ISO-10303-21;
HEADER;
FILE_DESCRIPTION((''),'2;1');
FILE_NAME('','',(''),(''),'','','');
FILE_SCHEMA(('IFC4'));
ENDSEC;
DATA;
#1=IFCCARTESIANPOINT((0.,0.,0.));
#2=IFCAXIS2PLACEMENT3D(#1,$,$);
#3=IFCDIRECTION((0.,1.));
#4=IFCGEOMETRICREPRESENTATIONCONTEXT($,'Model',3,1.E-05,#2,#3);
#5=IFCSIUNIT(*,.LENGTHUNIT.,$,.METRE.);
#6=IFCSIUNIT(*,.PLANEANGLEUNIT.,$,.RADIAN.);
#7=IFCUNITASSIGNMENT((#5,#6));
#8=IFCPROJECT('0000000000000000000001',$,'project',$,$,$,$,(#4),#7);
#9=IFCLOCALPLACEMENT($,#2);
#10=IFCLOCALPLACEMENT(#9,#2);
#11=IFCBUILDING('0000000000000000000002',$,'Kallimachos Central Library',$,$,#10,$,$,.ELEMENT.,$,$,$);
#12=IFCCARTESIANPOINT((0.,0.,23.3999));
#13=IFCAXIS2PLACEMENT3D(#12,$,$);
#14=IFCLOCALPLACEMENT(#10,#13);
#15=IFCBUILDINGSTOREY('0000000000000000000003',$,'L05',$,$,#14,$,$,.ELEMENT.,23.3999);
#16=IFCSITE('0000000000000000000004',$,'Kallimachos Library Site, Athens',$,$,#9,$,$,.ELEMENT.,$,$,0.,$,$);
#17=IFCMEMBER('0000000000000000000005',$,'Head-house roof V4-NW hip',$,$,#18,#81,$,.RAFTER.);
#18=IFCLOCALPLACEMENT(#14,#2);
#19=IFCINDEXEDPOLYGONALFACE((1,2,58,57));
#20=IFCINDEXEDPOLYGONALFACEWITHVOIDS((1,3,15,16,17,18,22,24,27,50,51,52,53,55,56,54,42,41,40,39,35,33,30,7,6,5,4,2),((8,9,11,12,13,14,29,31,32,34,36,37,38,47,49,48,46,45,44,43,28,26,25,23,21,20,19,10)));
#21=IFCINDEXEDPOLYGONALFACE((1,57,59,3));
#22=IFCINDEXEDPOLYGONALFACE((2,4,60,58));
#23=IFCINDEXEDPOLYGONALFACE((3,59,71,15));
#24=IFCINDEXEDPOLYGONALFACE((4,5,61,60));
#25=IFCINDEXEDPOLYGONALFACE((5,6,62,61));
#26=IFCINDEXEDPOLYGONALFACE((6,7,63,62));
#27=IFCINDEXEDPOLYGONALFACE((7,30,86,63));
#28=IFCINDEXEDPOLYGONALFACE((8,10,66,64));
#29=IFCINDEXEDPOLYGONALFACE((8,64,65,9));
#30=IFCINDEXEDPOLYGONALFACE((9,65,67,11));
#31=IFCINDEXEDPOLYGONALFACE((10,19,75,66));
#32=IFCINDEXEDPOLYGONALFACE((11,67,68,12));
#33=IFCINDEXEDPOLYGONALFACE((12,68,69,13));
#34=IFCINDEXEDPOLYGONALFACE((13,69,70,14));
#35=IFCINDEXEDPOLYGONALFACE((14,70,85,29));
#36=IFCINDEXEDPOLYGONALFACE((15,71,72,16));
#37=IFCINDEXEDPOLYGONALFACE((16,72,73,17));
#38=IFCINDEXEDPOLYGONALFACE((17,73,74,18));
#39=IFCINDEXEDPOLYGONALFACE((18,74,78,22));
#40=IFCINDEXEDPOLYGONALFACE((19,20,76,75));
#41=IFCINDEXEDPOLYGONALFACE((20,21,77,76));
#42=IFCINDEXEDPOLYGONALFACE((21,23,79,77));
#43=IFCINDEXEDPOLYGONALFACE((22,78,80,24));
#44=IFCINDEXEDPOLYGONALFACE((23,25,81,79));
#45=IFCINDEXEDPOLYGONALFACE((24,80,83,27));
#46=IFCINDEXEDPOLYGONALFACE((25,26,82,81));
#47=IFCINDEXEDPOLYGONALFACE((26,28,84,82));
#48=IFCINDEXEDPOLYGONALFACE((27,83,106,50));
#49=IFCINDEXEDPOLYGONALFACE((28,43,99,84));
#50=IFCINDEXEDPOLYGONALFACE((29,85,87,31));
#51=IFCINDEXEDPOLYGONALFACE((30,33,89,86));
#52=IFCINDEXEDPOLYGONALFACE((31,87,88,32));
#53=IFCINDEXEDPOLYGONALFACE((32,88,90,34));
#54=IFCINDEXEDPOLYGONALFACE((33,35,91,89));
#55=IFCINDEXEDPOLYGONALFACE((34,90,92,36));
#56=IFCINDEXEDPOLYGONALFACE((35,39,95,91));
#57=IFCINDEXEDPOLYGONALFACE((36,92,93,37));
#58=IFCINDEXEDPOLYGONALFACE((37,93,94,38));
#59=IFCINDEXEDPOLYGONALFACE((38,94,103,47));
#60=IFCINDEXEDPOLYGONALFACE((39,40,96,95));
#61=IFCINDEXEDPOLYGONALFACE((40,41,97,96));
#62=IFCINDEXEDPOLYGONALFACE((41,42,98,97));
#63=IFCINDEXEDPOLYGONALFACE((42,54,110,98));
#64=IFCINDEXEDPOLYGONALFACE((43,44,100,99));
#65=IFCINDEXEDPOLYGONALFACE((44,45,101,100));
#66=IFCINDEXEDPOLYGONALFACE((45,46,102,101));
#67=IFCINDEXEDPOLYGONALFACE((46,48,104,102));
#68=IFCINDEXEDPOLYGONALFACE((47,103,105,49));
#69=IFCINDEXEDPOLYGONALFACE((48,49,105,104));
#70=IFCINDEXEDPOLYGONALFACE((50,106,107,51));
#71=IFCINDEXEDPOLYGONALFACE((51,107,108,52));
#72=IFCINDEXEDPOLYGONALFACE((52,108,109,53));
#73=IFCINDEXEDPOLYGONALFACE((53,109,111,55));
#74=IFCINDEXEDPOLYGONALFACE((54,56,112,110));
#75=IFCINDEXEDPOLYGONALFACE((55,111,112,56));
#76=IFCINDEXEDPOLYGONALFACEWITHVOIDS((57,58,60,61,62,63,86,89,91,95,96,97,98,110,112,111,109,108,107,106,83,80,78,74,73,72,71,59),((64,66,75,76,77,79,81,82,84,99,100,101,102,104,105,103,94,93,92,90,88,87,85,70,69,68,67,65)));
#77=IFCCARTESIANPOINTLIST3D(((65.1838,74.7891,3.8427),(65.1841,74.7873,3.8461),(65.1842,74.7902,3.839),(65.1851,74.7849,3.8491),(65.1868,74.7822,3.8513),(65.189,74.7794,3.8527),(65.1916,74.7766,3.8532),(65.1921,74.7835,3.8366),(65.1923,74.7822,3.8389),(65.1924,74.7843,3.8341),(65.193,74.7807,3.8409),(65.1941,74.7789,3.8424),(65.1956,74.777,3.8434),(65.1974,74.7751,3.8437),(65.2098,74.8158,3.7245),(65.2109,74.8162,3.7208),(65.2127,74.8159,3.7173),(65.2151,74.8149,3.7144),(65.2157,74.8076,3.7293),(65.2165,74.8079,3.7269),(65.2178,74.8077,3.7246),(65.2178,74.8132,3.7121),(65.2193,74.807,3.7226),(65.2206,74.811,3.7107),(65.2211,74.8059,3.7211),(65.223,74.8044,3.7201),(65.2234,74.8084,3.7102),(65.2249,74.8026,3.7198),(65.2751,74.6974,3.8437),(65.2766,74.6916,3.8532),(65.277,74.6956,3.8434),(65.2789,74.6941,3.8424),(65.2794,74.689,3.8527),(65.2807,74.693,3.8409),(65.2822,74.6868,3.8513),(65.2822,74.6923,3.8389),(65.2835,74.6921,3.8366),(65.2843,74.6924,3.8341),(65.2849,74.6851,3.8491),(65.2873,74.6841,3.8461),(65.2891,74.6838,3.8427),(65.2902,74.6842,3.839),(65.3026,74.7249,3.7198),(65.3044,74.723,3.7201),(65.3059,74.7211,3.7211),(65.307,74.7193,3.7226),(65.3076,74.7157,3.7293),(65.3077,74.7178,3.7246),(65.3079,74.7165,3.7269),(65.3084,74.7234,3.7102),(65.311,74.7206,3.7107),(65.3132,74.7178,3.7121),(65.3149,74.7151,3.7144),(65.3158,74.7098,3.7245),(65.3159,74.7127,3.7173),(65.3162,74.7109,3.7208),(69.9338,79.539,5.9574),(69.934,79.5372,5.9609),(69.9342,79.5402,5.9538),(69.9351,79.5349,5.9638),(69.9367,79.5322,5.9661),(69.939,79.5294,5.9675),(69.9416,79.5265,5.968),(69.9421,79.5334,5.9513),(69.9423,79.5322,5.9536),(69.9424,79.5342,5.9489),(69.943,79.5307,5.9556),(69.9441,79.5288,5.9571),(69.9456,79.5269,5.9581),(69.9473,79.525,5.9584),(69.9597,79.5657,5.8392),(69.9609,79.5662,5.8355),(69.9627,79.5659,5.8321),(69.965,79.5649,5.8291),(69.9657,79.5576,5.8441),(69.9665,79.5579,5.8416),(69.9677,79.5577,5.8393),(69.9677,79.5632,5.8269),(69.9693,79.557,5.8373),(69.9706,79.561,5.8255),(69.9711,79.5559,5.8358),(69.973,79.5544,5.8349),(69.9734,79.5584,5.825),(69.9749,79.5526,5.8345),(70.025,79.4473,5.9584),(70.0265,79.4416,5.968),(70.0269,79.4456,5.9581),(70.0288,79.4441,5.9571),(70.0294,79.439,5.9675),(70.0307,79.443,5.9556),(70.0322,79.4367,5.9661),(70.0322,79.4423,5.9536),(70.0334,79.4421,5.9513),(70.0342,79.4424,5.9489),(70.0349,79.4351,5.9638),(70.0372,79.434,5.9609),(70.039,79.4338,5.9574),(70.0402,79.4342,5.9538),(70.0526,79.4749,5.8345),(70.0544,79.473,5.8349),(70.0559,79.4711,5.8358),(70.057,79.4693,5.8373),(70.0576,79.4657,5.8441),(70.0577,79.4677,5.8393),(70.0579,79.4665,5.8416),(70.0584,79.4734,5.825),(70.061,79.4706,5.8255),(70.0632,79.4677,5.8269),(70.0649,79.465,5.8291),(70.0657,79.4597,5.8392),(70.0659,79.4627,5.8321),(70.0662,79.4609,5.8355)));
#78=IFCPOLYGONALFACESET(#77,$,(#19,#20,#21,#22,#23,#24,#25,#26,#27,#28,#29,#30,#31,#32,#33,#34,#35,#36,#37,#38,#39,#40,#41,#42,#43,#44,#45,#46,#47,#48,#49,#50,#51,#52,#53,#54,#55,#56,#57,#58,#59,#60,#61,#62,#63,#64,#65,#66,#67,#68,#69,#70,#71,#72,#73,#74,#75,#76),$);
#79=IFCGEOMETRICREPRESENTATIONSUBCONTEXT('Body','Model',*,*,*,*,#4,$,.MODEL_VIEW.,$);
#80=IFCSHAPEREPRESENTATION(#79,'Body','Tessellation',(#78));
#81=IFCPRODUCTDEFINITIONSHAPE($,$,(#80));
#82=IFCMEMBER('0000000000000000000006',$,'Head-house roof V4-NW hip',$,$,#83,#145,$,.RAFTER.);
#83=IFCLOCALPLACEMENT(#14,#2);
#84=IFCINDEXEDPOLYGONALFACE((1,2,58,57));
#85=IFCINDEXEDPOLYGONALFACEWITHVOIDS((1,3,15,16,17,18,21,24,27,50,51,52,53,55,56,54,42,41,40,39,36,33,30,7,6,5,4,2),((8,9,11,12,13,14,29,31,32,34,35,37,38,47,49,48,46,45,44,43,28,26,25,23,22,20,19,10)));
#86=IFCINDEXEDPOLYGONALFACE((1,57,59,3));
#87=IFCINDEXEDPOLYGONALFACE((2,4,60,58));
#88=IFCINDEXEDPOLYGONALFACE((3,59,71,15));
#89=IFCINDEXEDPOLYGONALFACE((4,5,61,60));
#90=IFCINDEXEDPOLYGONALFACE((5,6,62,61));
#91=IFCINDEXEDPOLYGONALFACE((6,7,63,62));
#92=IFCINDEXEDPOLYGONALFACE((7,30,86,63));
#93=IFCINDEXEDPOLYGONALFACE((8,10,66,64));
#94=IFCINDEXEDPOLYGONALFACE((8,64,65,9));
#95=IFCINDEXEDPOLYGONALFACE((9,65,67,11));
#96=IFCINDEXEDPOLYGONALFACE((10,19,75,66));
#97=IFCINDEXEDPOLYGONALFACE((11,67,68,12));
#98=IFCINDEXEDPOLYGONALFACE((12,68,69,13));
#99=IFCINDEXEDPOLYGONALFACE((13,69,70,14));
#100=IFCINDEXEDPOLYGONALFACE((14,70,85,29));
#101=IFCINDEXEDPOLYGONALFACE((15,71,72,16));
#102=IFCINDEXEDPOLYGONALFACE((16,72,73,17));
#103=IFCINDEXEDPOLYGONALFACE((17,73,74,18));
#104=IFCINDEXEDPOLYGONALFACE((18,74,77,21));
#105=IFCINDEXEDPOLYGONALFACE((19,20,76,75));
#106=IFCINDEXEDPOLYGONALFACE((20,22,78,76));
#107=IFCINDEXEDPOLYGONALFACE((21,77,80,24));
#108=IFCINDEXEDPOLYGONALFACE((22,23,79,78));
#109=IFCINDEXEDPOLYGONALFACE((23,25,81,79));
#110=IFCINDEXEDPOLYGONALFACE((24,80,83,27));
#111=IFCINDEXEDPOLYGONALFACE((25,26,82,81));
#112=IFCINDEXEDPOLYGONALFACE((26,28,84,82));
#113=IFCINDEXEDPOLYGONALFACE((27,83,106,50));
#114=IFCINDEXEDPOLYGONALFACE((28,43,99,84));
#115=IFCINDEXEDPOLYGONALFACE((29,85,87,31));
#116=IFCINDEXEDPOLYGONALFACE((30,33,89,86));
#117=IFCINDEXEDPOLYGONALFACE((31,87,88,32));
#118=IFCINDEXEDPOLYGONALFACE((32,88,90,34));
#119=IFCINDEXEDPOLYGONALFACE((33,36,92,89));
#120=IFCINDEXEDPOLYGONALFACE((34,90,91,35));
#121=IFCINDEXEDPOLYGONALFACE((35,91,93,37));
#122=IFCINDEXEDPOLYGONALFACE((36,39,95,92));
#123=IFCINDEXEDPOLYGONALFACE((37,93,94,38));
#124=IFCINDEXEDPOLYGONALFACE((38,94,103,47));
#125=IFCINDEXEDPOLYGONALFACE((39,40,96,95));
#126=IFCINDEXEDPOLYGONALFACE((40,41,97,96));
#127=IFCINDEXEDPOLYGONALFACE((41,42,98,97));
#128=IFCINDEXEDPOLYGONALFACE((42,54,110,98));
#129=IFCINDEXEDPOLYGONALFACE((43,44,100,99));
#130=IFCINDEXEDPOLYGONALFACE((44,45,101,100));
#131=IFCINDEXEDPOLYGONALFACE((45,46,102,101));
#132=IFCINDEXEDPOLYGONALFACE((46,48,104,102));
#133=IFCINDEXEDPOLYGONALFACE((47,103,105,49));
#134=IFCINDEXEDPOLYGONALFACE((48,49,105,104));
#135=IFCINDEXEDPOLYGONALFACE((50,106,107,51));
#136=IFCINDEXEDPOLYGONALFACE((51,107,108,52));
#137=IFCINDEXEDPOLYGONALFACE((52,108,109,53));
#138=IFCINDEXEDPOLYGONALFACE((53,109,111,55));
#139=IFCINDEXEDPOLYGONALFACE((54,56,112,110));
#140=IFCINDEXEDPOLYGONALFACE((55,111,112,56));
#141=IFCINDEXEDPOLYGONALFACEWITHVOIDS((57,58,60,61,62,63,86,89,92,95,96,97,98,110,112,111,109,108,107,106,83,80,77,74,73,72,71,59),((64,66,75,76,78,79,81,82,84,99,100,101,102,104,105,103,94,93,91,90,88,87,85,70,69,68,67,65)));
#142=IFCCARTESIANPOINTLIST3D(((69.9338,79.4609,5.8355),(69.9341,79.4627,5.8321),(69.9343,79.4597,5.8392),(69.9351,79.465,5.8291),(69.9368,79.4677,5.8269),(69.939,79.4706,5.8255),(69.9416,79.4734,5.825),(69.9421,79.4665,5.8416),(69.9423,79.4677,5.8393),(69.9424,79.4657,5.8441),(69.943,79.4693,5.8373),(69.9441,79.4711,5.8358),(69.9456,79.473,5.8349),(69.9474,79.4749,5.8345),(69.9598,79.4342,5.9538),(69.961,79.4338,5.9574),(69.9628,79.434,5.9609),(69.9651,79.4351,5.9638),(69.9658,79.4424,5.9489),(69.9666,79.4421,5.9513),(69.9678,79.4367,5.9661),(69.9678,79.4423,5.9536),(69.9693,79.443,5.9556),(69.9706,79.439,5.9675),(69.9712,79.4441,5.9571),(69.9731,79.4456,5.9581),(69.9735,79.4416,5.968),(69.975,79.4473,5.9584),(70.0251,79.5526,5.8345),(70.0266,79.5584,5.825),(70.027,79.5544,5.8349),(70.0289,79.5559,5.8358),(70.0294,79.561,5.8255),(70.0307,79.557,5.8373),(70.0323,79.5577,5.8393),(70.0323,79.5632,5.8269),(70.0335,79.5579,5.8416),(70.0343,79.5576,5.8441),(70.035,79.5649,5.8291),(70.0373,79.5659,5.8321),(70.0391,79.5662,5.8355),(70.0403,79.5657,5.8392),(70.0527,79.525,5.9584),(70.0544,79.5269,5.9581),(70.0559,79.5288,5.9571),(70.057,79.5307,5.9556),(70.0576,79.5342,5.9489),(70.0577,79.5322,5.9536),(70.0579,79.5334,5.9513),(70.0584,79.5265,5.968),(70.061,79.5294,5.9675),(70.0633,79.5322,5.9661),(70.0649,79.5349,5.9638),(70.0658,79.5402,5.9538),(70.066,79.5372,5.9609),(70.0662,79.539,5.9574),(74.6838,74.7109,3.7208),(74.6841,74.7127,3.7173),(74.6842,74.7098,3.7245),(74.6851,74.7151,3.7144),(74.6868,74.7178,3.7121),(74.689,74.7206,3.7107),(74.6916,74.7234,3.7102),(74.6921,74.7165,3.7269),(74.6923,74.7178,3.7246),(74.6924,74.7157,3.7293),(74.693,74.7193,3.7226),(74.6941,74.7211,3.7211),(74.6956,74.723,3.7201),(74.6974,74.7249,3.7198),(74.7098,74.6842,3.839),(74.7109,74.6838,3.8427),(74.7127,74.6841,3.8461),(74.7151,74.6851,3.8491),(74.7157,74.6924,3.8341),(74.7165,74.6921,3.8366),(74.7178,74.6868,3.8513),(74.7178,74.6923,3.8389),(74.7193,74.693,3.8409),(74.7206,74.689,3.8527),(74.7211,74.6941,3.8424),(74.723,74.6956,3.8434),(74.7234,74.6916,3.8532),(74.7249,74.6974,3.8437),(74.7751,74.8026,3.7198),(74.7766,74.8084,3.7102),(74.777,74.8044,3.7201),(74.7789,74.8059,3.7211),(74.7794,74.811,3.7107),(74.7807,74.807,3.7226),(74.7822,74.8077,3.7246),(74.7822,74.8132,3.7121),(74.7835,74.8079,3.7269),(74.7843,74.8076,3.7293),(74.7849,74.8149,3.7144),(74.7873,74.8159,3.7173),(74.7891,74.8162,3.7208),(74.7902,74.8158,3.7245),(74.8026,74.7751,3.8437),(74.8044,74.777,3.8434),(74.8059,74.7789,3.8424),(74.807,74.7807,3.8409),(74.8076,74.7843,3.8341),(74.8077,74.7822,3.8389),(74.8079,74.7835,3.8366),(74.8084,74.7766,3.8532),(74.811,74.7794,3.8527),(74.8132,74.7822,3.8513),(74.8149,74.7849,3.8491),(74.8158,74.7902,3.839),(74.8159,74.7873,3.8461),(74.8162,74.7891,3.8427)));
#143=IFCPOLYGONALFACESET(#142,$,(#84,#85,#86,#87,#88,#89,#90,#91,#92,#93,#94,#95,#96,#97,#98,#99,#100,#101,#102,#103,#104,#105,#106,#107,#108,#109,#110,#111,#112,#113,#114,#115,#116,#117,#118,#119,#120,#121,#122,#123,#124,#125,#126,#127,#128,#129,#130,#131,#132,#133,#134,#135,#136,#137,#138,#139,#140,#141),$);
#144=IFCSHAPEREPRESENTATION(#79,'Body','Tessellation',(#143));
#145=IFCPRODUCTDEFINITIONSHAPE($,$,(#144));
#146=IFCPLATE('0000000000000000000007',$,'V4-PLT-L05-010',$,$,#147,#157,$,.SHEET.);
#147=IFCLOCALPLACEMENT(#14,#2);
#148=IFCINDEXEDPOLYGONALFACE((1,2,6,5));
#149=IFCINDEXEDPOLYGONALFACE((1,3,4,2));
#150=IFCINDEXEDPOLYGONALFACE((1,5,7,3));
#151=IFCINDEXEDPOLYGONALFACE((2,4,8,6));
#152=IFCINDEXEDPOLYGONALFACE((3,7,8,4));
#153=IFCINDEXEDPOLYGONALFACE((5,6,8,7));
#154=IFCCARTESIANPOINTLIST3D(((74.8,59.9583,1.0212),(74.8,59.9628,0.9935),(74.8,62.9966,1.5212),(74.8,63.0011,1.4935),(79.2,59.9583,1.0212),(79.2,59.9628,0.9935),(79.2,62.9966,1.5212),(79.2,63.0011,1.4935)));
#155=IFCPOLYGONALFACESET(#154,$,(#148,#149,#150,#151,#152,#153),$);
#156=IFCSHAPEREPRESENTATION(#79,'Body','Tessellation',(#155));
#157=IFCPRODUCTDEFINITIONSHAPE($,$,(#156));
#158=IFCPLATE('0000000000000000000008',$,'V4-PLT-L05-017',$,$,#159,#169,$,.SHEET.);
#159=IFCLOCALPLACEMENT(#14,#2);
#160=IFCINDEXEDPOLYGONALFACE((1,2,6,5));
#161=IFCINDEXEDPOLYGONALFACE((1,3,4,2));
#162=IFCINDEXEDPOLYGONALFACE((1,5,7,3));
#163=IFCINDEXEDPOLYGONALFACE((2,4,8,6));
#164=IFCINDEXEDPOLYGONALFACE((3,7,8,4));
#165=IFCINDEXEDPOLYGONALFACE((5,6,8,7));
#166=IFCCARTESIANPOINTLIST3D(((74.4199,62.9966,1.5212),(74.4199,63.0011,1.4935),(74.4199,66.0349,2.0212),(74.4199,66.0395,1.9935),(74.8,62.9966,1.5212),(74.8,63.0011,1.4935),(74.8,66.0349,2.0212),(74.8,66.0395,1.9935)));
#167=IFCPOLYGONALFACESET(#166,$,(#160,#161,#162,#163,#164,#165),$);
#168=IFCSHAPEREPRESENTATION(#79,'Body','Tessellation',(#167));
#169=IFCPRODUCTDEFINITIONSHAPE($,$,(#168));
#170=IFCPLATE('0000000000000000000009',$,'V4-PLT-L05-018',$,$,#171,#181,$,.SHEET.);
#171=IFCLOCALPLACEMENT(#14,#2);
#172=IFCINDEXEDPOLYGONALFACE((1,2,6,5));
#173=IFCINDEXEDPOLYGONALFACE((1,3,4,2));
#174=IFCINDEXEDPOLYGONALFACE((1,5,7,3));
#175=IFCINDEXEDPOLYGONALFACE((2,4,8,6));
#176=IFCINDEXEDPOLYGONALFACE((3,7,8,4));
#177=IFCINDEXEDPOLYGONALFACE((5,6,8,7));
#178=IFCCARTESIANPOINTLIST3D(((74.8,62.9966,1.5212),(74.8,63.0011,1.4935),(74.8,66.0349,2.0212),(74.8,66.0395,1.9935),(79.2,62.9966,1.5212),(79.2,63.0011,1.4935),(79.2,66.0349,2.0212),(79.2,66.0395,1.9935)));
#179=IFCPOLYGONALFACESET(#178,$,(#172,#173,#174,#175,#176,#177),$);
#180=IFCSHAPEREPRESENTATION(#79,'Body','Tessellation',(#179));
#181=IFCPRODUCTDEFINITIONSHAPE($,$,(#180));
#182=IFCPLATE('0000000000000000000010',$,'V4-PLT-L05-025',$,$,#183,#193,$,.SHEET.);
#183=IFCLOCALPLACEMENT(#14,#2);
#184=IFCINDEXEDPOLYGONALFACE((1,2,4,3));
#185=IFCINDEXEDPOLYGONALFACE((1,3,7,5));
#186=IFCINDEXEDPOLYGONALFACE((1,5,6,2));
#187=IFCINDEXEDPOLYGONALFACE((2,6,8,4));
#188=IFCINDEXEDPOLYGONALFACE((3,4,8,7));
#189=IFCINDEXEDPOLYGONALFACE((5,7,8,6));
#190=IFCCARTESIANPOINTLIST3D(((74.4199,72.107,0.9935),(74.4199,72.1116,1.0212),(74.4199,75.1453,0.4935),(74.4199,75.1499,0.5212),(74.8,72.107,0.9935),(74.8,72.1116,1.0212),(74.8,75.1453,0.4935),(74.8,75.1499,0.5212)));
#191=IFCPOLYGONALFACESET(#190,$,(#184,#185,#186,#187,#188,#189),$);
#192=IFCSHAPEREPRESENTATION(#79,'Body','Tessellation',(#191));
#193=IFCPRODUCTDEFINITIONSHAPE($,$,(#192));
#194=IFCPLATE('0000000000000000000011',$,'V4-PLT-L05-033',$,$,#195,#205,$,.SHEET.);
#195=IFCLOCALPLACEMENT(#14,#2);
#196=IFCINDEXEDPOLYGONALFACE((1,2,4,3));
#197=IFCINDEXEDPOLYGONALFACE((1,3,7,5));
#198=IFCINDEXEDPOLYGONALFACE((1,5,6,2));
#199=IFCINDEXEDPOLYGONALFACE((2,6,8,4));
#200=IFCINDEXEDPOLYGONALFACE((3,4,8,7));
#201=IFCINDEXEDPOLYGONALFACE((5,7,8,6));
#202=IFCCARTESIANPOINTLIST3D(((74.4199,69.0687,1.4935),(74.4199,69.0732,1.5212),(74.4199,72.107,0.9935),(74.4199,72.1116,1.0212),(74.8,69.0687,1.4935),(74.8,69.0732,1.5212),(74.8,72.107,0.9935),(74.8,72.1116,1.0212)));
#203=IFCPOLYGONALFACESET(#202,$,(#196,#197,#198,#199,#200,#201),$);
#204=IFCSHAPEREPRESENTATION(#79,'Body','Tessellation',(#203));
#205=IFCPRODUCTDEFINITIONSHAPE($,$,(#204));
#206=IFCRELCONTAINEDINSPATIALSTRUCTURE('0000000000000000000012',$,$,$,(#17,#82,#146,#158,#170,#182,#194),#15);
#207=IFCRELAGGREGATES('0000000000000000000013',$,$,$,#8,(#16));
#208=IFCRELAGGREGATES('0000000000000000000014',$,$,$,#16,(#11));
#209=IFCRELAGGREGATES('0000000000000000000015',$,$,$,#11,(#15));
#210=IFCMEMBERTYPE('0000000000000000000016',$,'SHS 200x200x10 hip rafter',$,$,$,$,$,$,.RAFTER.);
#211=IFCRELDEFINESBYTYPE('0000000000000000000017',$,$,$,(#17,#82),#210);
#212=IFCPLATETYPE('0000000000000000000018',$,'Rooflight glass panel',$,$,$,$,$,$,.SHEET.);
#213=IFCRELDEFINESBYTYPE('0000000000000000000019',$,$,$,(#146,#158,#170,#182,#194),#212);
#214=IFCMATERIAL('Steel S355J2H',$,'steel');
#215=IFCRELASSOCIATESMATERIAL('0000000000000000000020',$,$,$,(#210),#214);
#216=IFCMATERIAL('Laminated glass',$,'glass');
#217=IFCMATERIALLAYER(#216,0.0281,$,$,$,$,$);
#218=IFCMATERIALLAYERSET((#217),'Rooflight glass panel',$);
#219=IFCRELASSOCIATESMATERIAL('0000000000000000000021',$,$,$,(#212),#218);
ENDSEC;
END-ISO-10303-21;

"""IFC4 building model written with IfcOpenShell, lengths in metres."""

from ifc_helpers import new_model, si_unit, direction, frame, origin, origin_2d, place, context, subcontext, project, spatial, polyline, hollow_rectangle, outline, extrude, material, layer, layer_set, material_profile, profile_set, type_object, element, save


model = new_model("IFC4")

# Units and contexts
model_context = context("Model", 3, precision=1e-05, world=origin(), true_north=direction((0.0, 1.0)))
body_context = subcontext(model_context, "Body", "Model", "MODEL_VIEW")
ifc_project = project(units=[si_unit("LENGTHUNIT", "METRE"), si_unit("PLANEANGLEUNIT", "RADIAN")], contexts=[model_context])

# Site, building, storey
site_placement = place(None, origin())
site = spatial("IfcSite", under=ifc_project, at=site_placement, Name="Kallimachos Library Site, Athens", CompositionType="ELEMENT", RefElevation=0.0)
building_placement = place(site_placement, origin())
building = spatial("IfcBuilding", under=site, at=building_placement, Name="Kallimachos Central Library", CompositionType="ELEMENT")
storey_placement = place(building_placement, frame((0.0, 0.0, 23.3999)))
storey = spatial("IfcBuildingStorey", under=building, at=storey_placement, Name="L05", CompositionType="ELEMENT", Elevation=23.3999)

# Members
ifc_material_1 = material(Name="Steel S355J2H", Category="steel")
ifc_material_profile_1 = material_profile(ifc_material_1, hollow_rectangle(XDim=0.1499, YDim=0.1499, WallThickness=0.01, InnerFilletRadius=0.01, OuterFilletRadius=0.0149, at=origin_2d()), Name="SHS 150x150x10")
ifc_profile_set_1 = profile_set([ifc_material_profile_1], Name="Steel S355J2H")
member_type_1 = type_object("IfcMemberType", Name="SHS 200x200x10 hip rafter", PredefinedType="RAFTER", material=ifc_profile_set_1)
for number, where, z_axis, x_axis, name in (
    (1, (65.25, 74.75, 3.7817), (0.674474, 0.674474, 0.300282), (-0.707107, 0.707107, 0.0), "Head-house roof V4-NW hip"),
    (2, (74.75, 74.75, 3.7817), (-0.674474, 0.674474, 0.300282), (-0.707107, -0.707107, 0.0), "Head-house roof V4-NW hip"),
):
    element("IfcMember", number, at=place(storey_placement, frame(where, z_axis=z_axis, x_axis=x_axis)), inside=storey, type_object=member_type_1, Name=name, PredefinedType="RAFTER", context=body_context, shape_type="SweptSolid", body=[
        extrude(hollow_rectangle(XDim=0.1499, YDim=0.1499, WallThickness=0.01, InnerFilletRadius=0.01, OuterFilletRadius=0.0149, at=origin_2d()), origin(), (0.0, 0.0, 1.0), 7.0425),
    ])

# Plates
ifc_material_2 = material(Name="Laminated glass", Category="glass")
ifc_layer_1 = layer(ifc_material_2, 0.0281)
ifc_layer_set_1 = layer_set([ifc_layer_1], Name="Rooflight glass panel")
plate_type = type_object("IfcPlateType", Name="Rooflight glass panel", PredefinedType="SHEET", material=ifc_layer_set_1)
plate_1_placement = place(storey_placement, frame((74.8, 59.9583, 1.0212), z_axis=(0.0, -0.16238, 0.986728), x_axis=(1.0, 0.0, 0.0)))
element("IfcPlate", 3, at=plate_1_placement, inside=storey, type_object=plate_type, Name="V4-PLT-L05-010", PredefinedType="SHEET", context=body_context, shape_type="SweptSolid", body=[
    extrude(outline(polyline([(0.0, 0.0), (4.3999, 0.0), (4.3999, 3.0792), (0.0, 3.0792), (0.0, 0.0)])), origin(), (0.0, 0.0, -1.0), 0.0281),
])
plate_2_placement = place(storey_placement, frame((74.4199, 62.9966, 1.5212), z_axis=(0.0, -0.16238, 0.986728), x_axis=(1.0, 0.0, 0.0)))
element("IfcPlate", 4, at=plate_2_placement, inside=storey, type_object=plate_type, Name="V4-PLT-L05-017", PredefinedType="SHEET", context=body_context, shape_type="SweptSolid", body=[
    extrude(outline(polyline([(0.0, 0.0), (0.3801, 0.0), (0.3801, 3.0792), (0.0, 3.0792), (0.0, 0.0)])), origin(), (0.0, 0.0, -1.0), 0.0281),
])
plate_3_placement = place(storey_placement, frame((74.8, 62.9966, 1.5212), z_axis=(0.0, -0.16238, 0.986728), x_axis=(1.0, 0.0, 0.0)))
element("IfcPlate", 5, at=plate_3_placement, inside=storey, type_object=plate_type, Name="V4-PLT-L05-018", PredefinedType="SHEET", context=body_context, shape_type="SweptSolid", body=[
    extrude(outline(polyline([(0.0, 0.0), (4.3999, 0.0), (4.3999, 3.0792), (0.0, 3.0792), (0.0, 0.0)])), origin(), (0.0, 0.0, -1.0), 0.0281),
])
for number, where, z_axis, x_axis, name in (
    (6, (74.4199, 75.1499, 0.5212), (0.0, 0.16238, 0.986728), (1.0, 0.0, 0.0), "V4-PLT-L05-025"),
    (7, (74.4199, 72.1116, 1.0212), (0.0, 0.16238, 0.986728), (1.0, 0.0, 0.0), "V4-PLT-L05-033"),
):
    element("IfcPlate", number, at=place(storey_placement, frame(where, z_axis=z_axis, x_axis=x_axis)), inside=storey, type_object=plate_type, Name=name, PredefinedType="SHEET", context=body_context, shape_type="SweptSolid", body=[
        extrude(outline(polyline([(0.0, 0.0), (0.3801, 0.0), (0.3801, -3.0792), (0.0, -3.0792), (0.0, 0.0)])), origin(), (0.0, 0.0, -1.0), 0.0281),
    ])

save(model, "model.ifc")
